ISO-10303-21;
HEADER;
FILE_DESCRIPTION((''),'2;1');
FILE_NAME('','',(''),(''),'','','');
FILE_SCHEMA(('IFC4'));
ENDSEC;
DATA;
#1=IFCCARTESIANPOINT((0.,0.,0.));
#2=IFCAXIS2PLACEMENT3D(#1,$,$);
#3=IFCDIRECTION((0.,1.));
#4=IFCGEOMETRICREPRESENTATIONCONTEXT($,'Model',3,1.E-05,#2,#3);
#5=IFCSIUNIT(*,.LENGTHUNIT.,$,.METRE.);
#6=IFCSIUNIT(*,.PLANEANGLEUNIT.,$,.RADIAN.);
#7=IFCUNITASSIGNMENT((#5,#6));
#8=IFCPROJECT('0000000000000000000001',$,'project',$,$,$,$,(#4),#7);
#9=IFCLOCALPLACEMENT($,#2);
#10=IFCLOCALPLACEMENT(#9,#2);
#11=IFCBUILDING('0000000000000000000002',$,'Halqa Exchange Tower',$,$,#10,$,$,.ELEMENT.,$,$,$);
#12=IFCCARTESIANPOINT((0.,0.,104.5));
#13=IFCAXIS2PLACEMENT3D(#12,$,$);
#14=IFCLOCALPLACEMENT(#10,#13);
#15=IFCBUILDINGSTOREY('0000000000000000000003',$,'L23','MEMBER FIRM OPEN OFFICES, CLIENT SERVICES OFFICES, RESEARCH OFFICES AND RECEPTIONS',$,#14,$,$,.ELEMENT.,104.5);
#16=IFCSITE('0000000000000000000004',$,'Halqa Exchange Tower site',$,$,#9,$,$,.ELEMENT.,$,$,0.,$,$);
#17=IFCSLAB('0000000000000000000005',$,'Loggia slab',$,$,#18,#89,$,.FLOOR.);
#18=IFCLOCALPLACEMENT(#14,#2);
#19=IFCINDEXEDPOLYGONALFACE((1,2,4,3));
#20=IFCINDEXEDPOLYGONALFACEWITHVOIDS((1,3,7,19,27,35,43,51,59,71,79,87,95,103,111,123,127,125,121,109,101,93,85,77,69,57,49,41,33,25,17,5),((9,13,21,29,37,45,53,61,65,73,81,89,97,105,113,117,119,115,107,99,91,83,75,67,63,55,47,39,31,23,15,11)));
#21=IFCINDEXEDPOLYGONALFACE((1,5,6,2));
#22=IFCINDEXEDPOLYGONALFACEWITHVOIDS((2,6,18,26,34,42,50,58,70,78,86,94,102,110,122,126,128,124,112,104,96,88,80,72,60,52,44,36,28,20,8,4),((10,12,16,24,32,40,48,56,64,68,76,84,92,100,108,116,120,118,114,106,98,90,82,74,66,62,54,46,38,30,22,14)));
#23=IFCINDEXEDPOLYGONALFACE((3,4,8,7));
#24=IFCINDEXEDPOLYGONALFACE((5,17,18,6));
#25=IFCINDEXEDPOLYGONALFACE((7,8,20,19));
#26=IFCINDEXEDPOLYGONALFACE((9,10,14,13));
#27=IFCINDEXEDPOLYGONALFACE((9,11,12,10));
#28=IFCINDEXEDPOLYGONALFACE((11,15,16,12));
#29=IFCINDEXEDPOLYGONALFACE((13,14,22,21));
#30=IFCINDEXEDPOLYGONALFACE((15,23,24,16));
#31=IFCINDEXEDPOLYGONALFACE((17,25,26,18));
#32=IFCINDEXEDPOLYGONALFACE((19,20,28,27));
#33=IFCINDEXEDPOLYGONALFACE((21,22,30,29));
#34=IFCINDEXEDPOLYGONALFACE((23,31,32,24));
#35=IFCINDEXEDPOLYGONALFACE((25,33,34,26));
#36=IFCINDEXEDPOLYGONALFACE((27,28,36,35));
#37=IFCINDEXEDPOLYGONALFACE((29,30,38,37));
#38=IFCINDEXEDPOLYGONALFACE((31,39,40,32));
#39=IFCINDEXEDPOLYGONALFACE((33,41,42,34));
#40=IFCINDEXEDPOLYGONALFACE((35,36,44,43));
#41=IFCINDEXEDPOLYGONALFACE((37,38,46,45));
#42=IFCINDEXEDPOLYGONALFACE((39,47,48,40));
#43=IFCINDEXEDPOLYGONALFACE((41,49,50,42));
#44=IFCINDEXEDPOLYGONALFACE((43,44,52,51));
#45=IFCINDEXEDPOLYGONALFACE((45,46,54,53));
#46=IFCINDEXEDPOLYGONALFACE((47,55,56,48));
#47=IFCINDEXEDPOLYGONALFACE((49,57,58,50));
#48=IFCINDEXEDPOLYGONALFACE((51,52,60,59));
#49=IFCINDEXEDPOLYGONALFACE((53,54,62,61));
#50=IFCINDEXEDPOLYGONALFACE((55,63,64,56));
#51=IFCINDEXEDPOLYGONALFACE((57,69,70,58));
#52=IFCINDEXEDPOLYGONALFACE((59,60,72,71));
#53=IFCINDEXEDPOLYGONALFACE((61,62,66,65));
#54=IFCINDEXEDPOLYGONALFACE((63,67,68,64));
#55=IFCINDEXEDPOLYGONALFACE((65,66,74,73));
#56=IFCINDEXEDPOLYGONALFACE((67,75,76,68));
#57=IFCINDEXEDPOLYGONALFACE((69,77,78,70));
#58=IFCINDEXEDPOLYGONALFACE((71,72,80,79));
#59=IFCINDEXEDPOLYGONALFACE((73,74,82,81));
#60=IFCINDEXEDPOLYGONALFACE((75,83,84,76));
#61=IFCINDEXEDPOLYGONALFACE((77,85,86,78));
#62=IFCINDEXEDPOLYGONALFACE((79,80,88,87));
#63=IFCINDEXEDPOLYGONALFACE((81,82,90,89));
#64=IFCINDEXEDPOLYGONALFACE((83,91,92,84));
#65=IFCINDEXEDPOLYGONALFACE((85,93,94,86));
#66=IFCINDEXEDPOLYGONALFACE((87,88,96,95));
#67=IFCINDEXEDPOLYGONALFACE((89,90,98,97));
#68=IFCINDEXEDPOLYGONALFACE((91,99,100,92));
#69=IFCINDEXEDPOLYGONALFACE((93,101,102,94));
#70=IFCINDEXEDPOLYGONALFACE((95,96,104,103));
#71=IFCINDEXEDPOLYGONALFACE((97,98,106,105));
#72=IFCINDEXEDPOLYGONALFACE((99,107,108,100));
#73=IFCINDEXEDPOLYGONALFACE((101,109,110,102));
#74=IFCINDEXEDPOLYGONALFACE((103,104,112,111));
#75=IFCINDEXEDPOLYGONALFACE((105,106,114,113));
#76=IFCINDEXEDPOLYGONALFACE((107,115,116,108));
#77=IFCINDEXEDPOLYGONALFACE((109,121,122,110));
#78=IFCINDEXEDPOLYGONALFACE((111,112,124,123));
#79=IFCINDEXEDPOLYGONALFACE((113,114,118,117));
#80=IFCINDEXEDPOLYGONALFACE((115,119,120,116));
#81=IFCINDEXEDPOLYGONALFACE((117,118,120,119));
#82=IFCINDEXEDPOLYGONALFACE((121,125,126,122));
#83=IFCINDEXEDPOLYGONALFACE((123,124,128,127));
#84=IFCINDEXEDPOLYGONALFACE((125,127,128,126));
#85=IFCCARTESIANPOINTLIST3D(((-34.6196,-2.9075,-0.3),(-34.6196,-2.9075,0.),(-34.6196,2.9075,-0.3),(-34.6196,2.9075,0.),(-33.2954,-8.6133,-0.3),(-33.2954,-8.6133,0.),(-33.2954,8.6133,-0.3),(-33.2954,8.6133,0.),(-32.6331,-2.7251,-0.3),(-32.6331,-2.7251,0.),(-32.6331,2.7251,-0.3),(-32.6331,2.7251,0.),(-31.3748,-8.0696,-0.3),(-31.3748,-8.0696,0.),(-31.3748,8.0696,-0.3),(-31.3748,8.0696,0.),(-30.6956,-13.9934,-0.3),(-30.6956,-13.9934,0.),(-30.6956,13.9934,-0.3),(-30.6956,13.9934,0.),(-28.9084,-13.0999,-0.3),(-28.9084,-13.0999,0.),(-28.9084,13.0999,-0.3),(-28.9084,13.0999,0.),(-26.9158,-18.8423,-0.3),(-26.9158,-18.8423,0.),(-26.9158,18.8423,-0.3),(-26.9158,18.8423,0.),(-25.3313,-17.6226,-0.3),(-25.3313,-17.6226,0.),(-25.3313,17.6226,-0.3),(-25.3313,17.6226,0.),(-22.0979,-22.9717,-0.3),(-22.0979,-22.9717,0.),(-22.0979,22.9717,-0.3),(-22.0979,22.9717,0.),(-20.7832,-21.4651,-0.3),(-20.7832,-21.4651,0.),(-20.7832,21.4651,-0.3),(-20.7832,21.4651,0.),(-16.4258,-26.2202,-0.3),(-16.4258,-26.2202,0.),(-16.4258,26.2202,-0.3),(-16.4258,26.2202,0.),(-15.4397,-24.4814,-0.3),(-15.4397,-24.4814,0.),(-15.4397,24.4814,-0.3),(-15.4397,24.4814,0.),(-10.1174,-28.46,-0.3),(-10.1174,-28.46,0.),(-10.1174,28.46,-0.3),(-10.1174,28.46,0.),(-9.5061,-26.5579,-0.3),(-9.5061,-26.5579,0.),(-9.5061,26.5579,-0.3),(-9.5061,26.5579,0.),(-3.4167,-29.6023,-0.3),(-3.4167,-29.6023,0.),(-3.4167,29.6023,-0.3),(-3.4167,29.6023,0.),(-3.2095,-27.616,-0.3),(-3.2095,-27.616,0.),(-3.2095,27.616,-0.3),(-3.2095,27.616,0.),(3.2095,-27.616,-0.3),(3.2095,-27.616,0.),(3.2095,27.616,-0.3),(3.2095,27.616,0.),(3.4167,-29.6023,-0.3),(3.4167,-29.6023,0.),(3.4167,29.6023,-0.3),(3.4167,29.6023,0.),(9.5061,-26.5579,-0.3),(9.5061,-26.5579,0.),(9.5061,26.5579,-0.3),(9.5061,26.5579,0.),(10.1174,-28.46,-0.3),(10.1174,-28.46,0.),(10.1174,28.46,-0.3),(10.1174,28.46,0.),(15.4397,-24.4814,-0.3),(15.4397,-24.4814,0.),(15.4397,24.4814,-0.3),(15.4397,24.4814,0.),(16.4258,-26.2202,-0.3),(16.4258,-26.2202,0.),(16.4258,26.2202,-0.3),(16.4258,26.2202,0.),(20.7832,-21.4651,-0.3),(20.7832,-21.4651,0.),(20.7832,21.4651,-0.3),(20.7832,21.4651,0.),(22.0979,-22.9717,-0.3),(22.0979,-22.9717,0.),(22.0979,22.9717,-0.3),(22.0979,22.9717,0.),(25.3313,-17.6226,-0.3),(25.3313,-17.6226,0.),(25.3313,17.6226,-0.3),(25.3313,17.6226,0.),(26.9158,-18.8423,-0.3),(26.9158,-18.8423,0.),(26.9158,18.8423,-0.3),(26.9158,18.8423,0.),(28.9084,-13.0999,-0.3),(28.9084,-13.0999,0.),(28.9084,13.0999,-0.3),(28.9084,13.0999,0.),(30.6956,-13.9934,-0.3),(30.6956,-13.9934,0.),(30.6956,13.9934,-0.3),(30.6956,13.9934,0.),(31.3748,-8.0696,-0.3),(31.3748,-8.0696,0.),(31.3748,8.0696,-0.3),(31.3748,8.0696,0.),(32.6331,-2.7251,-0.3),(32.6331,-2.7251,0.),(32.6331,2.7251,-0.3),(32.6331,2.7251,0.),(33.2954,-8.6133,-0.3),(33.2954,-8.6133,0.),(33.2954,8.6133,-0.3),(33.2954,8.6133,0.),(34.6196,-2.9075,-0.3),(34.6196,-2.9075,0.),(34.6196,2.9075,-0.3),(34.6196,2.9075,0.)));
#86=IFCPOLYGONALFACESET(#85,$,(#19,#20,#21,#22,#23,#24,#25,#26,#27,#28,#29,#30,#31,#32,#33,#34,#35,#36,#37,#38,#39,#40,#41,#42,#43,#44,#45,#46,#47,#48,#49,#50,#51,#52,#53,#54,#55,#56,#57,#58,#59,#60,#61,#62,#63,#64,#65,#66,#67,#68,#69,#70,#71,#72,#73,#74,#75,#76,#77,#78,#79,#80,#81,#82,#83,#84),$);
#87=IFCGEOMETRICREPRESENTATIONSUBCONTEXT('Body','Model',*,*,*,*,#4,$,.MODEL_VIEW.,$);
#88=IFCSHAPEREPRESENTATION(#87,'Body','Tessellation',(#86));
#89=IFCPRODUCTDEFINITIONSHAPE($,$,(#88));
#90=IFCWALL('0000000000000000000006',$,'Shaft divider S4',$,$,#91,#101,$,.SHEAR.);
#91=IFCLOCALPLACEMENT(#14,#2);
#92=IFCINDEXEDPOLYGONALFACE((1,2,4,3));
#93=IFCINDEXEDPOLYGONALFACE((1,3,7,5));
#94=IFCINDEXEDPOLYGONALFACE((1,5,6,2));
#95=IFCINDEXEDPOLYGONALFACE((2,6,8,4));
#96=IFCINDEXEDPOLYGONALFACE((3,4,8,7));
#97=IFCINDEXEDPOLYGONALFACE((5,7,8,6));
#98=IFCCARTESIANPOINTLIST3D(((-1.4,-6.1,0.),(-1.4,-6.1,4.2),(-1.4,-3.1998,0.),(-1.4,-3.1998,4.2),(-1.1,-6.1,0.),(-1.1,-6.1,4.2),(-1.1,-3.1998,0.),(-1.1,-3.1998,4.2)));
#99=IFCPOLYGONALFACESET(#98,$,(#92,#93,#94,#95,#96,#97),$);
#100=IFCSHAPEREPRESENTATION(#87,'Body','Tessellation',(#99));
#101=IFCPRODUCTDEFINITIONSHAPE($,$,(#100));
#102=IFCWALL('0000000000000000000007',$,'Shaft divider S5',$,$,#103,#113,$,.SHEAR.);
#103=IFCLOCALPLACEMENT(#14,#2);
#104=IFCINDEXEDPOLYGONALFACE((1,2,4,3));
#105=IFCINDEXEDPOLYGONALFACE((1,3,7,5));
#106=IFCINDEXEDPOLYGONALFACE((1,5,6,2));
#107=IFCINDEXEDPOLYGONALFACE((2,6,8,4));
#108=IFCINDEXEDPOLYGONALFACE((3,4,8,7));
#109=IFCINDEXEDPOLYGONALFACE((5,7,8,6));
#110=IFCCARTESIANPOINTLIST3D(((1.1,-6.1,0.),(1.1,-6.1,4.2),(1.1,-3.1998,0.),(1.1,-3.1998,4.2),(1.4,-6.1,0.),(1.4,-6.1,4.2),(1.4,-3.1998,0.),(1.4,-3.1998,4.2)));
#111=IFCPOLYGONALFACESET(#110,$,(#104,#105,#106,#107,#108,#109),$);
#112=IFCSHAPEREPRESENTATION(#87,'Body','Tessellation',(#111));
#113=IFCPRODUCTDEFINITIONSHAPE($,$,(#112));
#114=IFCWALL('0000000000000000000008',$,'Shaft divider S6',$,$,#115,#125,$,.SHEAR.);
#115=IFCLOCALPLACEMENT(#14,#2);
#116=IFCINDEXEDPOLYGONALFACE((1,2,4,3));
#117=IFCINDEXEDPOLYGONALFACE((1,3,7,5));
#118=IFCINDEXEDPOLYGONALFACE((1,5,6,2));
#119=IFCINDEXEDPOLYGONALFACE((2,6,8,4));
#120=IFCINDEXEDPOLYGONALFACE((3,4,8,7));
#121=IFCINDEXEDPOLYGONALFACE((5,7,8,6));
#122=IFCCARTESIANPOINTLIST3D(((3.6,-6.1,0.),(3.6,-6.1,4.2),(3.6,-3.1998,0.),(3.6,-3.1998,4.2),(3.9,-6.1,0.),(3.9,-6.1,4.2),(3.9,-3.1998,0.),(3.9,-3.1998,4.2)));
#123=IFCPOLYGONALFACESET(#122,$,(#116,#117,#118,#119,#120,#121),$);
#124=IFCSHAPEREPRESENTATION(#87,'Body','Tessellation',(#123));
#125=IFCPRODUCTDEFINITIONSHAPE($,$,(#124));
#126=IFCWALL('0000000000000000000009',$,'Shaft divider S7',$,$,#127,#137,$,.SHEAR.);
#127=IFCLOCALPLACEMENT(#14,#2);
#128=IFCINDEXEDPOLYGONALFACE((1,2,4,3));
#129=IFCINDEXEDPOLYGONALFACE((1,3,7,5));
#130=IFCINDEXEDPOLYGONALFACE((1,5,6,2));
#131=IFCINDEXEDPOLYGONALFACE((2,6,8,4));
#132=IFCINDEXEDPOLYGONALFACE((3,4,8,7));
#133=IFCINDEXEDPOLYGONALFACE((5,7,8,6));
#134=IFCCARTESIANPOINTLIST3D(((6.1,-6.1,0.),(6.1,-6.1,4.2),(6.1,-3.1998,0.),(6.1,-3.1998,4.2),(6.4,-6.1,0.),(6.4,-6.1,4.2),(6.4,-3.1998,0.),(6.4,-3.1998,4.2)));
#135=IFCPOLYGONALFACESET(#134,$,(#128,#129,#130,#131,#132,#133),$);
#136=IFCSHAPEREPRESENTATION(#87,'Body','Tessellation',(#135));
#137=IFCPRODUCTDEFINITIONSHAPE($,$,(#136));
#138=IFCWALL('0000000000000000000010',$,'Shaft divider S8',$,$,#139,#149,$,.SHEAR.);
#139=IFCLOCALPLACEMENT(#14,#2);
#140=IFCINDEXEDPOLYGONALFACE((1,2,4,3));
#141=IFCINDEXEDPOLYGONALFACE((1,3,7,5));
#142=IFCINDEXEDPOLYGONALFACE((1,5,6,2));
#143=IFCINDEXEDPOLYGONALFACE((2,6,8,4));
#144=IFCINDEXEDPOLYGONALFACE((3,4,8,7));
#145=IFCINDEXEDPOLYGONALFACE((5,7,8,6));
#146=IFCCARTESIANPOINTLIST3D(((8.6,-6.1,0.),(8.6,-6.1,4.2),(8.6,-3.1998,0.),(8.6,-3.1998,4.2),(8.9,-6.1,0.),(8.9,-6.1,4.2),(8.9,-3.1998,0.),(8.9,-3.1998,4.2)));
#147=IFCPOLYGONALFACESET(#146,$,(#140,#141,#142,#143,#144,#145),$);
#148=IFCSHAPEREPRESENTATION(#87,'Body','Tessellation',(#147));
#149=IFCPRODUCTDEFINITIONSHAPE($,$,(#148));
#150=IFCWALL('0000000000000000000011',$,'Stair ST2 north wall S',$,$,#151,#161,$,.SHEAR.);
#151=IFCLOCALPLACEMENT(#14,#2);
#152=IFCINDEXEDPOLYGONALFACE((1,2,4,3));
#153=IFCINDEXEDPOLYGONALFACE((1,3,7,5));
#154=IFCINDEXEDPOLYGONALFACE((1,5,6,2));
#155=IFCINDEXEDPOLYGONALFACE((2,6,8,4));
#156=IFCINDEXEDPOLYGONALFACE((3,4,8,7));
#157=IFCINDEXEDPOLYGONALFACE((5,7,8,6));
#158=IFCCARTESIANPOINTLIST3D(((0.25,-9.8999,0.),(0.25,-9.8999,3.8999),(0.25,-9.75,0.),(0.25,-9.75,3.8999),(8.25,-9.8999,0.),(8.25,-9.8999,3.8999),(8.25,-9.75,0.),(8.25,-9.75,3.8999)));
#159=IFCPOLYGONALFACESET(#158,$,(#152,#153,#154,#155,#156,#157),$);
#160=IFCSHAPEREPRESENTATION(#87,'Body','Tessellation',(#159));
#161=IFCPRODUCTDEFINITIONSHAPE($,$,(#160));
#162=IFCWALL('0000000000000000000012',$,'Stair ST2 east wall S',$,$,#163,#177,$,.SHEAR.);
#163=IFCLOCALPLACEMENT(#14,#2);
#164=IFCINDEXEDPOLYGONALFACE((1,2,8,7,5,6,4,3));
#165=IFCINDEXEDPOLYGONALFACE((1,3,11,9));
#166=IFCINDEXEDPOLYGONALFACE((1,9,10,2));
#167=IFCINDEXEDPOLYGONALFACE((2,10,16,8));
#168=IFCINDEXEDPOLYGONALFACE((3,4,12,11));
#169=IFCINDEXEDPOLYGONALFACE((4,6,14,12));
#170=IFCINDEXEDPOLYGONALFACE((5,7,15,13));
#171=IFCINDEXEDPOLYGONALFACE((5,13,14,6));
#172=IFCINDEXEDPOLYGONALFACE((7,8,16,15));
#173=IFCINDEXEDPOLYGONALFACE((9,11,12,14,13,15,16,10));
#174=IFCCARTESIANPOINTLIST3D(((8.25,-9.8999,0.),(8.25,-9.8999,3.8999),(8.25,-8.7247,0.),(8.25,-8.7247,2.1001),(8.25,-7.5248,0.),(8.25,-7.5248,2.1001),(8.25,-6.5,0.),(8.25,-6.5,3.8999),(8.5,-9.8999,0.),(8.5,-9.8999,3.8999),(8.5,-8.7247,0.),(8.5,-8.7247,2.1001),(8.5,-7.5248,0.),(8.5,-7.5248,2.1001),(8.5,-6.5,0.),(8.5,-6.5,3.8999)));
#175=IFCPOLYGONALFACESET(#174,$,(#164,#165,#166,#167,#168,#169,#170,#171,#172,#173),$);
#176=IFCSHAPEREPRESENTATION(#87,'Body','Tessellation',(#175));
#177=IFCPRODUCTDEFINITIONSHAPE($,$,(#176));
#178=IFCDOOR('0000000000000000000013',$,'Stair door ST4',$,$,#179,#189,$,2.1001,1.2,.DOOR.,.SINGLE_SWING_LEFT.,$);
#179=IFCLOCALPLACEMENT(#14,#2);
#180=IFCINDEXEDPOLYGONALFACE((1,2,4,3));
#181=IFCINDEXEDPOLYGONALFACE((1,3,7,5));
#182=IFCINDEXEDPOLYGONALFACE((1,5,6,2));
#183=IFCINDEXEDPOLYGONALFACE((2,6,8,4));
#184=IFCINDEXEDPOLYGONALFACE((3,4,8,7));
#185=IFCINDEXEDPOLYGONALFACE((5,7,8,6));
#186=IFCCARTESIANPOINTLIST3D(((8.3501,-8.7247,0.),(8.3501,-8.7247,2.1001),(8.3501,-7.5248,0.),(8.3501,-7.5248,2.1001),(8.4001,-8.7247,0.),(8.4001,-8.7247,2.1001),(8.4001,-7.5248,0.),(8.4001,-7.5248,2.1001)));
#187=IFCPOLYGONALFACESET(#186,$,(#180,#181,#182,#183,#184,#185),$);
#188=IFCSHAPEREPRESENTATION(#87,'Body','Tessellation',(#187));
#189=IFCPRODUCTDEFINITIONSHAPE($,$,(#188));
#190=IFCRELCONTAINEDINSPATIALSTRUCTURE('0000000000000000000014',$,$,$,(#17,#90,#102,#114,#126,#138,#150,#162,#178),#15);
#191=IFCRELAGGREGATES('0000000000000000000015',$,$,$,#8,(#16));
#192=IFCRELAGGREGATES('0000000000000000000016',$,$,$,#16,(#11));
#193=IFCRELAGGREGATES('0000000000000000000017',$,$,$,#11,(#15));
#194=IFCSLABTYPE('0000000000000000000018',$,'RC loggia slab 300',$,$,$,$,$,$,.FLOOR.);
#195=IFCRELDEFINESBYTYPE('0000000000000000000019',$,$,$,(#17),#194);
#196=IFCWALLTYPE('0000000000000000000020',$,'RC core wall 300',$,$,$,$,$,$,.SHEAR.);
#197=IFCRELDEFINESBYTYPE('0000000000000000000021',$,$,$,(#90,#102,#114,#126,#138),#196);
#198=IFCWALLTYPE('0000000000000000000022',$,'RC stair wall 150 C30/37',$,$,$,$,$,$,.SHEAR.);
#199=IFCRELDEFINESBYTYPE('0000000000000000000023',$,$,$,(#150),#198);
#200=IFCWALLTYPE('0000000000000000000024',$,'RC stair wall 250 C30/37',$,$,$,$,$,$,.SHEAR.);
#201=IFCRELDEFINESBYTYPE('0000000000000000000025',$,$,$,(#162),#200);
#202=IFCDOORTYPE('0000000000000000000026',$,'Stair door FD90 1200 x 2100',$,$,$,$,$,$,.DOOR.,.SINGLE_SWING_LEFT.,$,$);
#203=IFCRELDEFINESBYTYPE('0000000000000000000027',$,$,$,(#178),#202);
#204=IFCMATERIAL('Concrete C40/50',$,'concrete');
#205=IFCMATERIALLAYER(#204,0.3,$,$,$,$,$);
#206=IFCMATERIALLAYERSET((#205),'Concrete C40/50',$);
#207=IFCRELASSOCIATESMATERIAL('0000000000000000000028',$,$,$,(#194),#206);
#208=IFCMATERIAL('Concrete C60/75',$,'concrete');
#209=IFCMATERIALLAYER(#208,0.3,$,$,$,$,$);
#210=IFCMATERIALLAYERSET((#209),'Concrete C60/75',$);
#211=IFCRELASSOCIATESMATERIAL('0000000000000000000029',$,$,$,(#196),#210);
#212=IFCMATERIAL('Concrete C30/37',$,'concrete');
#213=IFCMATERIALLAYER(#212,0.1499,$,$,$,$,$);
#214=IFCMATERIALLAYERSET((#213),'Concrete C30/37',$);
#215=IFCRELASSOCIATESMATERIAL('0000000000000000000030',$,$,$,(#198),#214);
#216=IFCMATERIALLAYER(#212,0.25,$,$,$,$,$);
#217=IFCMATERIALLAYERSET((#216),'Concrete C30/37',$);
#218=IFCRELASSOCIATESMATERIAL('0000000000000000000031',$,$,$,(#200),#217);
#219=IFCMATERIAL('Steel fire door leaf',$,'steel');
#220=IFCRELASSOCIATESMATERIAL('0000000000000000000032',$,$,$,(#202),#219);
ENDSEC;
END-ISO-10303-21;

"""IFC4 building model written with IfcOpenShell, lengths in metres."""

from ifc_helpers import new_model, si_unit, direction, frame, frame_2d, origin, place, context, subcontext, project, spatial, polyline, rectangle, outline, extrude, material, layer, layer_set, type_object, element, fill, save


model = new_model("IFC4")

# Units and contexts
model_context = context("Model", 3, precision=1e-05, world=origin(), true_north=direction((0.0, 1.0)))
body_context = subcontext(model_context, "Body", "Model", "MODEL_VIEW")
ifc_project = project(units=[si_unit("LENGTHUNIT", "METRE"), si_unit("PLANEANGLEUNIT", "RADIAN")], contexts=[model_context])

# Site, building, storey
site_placement = place(None, origin())
site = spatial("IfcSite", under=ifc_project, at=site_placement, Name="Halqa Exchange Tower site", CompositionType="ELEMENT", RefElevation=0.0)
building_placement = place(site_placement, origin())
building = spatial("IfcBuilding", under=site, at=building_placement, Name="Halqa Exchange Tower", CompositionType="ELEMENT")
storey_placement = place(building_placement, frame((0.0, 0.0, 104.5)))
storey = spatial("IfcBuildingStorey", under=building, at=storey_placement, Name="L23", Description="MEMBER FIRM OPEN OFFICES, CLIENT SERVICES OFFICES, RESEARCH OFFICES AND RECEPTIONS", CompositionType="ELEMENT", Elevation=104.5)

# Slab
ifc_material_1 = material(Name="Concrete C60/75", Category="concrete")
ifc_material_2 = material(Name="Concrete C40/50", Category="concrete")
ifc_layer_1 = layer(ifc_material_2, 0.3)
ifc_layer_set_1 = layer_set([ifc_layer_1], Name="Concrete C40/50")
slab_type_1 = type_object("IfcSlabType", Name="RC loggia slab 300", PredefinedType="FLOOR", material=ifc_layer_set_1)
slab_1_placement = place(storey_placement, frame((0.0, 0.0, -0.3)))
element("IfcSlab", 1, at=slab_1_placement, inside=storey, type_object=slab_type_1, Name="Loggia slab", PredefinedType="FLOOR", context=body_context, shape_type="SweptSolid", body=[
    extrude(outline(polyline([(34.6196, 2.9075), (34.6196, -2.9075), (33.2954, -8.6133), (30.6956, -13.9934), (26.9158, -18.8423), (22.0979, -22.9717), (16.4258, -26.2202), (10.1174, -28.46), (3.4167, -29.6023), (-3.4167, -29.6023), (-10.1174, -28.46), (-16.4258, -26.2202), (-22.0979, -22.9717), (-26.9158, -18.8423), (-30.6956, -13.9934), (-33.2954, -8.6133), (-34.6196, -2.9075), (-34.6196, 2.9075), (-33.2954, 8.6133), (-30.6956, 13.9934), (-26.9158, 18.8423), (-22.0979, 22.9717), (-16.4258, 26.2202), (-10.1174, 28.46), (-3.4167, 29.6023), (3.4167, 29.6023), (10.1174, 28.46), (16.4258, 26.2202), (22.0979, 22.9717), (26.9158, 18.8423), (30.6956, 13.9934), (33.2954, 8.6133), (34.6196, 2.9075)]), holes=[polyline([(32.6331, 2.7251), (31.3748, 8.0696), (28.9084, 13.0999), (25.3313, 17.6226), (20.7832, 21.4651), (15.4397, 24.4814), (9.5061, 26.5579), (3.2095, 27.616), (-3.2095, 27.616), (-9.5061, 26.5579), (-15.4397, 24.4814), (-20.7832, 21.4651), (-25.3313, 17.6226), (-28.9084, 13.0999), (-31.3748, 8.0696), (-32.6331, 2.7251), (-32.6331, -2.7251), (-31.3748, -8.0696), (-28.9084, -13.0999), (-25.3313, -17.6226), (-20.7832, -21.4651), (-15.4397, -24.4814), (-9.5061, -26.5579), (-3.2095, -27.616), (3.2095, -27.616), (9.5061, -26.5579), (15.4397, -24.4814), (20.7832, -21.4651), (25.3313, -17.6226), (28.9084, -13.0999), (31.3748, -8.0696), (32.6331, -2.7251), (32.6331, 2.7251)])]), origin(), (0.0, 0.0, 1.0), 0.3),
])

# Walls
ifc_layer_2 = layer(ifc_material_1, 0.3)
ifc_layer_set_2 = layer_set([ifc_layer_2], Name="Concrete C60/75")
wall_type_1 = type_object("IfcWallType", Name="RC core wall 300", PredefinedType="SHEAR", material=ifc_layer_set_2)
for number, where, z_axis, x_axis, name in (
    (2, (-1.25, -6.1001, 0.0), (0.0, 0.0, 1.0), (0.0, 1.0, 0.0), "Shaft divider S4"),
    (3, (1.25, -6.1001, 0.0), (0.0, 0.0, 1.0), (0.0, 1.0, 0.0), "Shaft divider S5"),
    (4, (3.75, -6.1001, 0.0), (0.0, 0.0, 1.0), (0.0, 1.0, 0.0), "Shaft divider S6"),
    (5, (6.25, -6.1001, 0.0), (0.0, 0.0, 1.0), (0.0, 1.0, 0.0), "Shaft divider S7"),
    (6, (8.75, -6.1001, 0.0), (0.0, 0.0, 1.0), (0.0, 1.0, 0.0), "Shaft divider S8"),
):
    element("IfcWall", number, at=place(storey_placement, frame(where, z_axis=z_axis, x_axis=x_axis)), inside=storey, type_object=wall_type_1, Name=name, PredefinedType="SHEAR", context=body_context, shape_type="SweptSolid", body=[
        extrude(rectangle(XDim=2.9001, YDim=0.3, at=frame_2d((1.4502, 0.0))), origin(), (0.0, 0.0, 1.0), 4.2),
    ])
ifc_material_3 = material(Name="Concrete C30/37", Category="concrete")
ifc_layer_3 = layer(ifc_material_3, 0.1499)
ifc_layer_set_3 = layer_set([ifc_layer_3], Name="Concrete C30/37")
wall_type_2 = type_object("IfcWallType", Name="RC stair wall 150 C30/37", PredefinedType="SHEAR", material=ifc_layer_set_3)
wall_1_placement = place(storey_placement, frame((0.25, -9.825, 0.0), z_axis=(0.0, 0.0, 1.0), x_axis=(1.0, 0.0, 0.0)))
element("IfcWall", 7, at=wall_1_placement, inside=storey, type_object=wall_type_2, Name="Stair ST2 north wall S", PredefinedType="SHEAR", context=body_context, shape_type="SweptSolid", body=[
    extrude(rectangle(XDim=8.0, YDim=0.1499, at=frame_2d((4.0, 0.0))), origin(), (0.0, 0.0, 1.0), 3.8999),
])

# Wall, opening, door
ifc_layer_4 = layer(ifc_material_3, 0.25)
ifc_layer_set_4 = layer_set([ifc_layer_4], Name="Concrete C30/37")
wall_type_3 = type_object("IfcWallType", Name="RC stair wall 250 C30/37", PredefinedType="SHEAR", material=ifc_layer_set_4)
wall_2_placement = place(storey_placement, frame((8.375, -9.8999, 0.0), z_axis=(0.0, 0.0, 1.0), x_axis=(0.0, 1.0, 0.0)))
wall_2 = element("IfcWall", 8, at=wall_2_placement, inside=storey, type_object=wall_type_3, Name="Stair ST2 east wall S", PredefinedType="SHEAR", context=body_context, shape_type="SweptSolid", body=[
    extrude(rectangle(XDim=3.3999, YDim=0.25, at=frame_2d((1.7, 0.0))), origin(), (0.0, 0.0, 1.0), 3.8999),
])
opening_placement = place(wall_2_placement, frame((1.175, 0.0, 0.0)))
opening = element("IfcOpeningElement", 9, at=opening_placement, cuts=wall_2, PredefinedType="OPENING", context=body_context, shape_type="SweptSolid", body=[
    extrude(rectangle(XDim=1.2, YDim=2.1001, at=frame_2d((0.6001, 1.05))), frame((0.0, 0.137, 0.0), z_axis=(0.0, -1.0, 0.0), x_axis=(1.0, 0.0, 0.0)), (0.0, 0.0, 1.0), 0.2739),
])
ifc_material_4 = material(Name="Steel fire door leaf", Category="steel")
door_type = type_object("IfcDoorType", Name="Stair door FD90 1200 x 2100", OperationType="SINGLE_SWING_LEFT", PredefinedType="DOOR", material=ifc_material_4)
door_placement = place(opening_placement, origin())
door = element("IfcDoor", 10, at=door_placement, inside=storey, type_object=door_type, Name="Stair door ST4", OperationType="SINGLE_SWING_LEFT", OverallHeight=2.1001, OverallWidth=1.2, PredefinedType="DOOR", context=body_context, shape_type="SweptSolid", body=[
    extrude(rectangle(XDim=1.2, YDim=2.1001, at=frame_2d((0.6001, 1.05))), frame((0.0, 0.0249, 0.0), z_axis=(0.0, -1.0, 0.0), x_axis=(1.0, 0.0, 0.0)), (0.0, 0.0, 1.0), 0.05),
])
fill(opening, door)

save(model, "model.ifc")
